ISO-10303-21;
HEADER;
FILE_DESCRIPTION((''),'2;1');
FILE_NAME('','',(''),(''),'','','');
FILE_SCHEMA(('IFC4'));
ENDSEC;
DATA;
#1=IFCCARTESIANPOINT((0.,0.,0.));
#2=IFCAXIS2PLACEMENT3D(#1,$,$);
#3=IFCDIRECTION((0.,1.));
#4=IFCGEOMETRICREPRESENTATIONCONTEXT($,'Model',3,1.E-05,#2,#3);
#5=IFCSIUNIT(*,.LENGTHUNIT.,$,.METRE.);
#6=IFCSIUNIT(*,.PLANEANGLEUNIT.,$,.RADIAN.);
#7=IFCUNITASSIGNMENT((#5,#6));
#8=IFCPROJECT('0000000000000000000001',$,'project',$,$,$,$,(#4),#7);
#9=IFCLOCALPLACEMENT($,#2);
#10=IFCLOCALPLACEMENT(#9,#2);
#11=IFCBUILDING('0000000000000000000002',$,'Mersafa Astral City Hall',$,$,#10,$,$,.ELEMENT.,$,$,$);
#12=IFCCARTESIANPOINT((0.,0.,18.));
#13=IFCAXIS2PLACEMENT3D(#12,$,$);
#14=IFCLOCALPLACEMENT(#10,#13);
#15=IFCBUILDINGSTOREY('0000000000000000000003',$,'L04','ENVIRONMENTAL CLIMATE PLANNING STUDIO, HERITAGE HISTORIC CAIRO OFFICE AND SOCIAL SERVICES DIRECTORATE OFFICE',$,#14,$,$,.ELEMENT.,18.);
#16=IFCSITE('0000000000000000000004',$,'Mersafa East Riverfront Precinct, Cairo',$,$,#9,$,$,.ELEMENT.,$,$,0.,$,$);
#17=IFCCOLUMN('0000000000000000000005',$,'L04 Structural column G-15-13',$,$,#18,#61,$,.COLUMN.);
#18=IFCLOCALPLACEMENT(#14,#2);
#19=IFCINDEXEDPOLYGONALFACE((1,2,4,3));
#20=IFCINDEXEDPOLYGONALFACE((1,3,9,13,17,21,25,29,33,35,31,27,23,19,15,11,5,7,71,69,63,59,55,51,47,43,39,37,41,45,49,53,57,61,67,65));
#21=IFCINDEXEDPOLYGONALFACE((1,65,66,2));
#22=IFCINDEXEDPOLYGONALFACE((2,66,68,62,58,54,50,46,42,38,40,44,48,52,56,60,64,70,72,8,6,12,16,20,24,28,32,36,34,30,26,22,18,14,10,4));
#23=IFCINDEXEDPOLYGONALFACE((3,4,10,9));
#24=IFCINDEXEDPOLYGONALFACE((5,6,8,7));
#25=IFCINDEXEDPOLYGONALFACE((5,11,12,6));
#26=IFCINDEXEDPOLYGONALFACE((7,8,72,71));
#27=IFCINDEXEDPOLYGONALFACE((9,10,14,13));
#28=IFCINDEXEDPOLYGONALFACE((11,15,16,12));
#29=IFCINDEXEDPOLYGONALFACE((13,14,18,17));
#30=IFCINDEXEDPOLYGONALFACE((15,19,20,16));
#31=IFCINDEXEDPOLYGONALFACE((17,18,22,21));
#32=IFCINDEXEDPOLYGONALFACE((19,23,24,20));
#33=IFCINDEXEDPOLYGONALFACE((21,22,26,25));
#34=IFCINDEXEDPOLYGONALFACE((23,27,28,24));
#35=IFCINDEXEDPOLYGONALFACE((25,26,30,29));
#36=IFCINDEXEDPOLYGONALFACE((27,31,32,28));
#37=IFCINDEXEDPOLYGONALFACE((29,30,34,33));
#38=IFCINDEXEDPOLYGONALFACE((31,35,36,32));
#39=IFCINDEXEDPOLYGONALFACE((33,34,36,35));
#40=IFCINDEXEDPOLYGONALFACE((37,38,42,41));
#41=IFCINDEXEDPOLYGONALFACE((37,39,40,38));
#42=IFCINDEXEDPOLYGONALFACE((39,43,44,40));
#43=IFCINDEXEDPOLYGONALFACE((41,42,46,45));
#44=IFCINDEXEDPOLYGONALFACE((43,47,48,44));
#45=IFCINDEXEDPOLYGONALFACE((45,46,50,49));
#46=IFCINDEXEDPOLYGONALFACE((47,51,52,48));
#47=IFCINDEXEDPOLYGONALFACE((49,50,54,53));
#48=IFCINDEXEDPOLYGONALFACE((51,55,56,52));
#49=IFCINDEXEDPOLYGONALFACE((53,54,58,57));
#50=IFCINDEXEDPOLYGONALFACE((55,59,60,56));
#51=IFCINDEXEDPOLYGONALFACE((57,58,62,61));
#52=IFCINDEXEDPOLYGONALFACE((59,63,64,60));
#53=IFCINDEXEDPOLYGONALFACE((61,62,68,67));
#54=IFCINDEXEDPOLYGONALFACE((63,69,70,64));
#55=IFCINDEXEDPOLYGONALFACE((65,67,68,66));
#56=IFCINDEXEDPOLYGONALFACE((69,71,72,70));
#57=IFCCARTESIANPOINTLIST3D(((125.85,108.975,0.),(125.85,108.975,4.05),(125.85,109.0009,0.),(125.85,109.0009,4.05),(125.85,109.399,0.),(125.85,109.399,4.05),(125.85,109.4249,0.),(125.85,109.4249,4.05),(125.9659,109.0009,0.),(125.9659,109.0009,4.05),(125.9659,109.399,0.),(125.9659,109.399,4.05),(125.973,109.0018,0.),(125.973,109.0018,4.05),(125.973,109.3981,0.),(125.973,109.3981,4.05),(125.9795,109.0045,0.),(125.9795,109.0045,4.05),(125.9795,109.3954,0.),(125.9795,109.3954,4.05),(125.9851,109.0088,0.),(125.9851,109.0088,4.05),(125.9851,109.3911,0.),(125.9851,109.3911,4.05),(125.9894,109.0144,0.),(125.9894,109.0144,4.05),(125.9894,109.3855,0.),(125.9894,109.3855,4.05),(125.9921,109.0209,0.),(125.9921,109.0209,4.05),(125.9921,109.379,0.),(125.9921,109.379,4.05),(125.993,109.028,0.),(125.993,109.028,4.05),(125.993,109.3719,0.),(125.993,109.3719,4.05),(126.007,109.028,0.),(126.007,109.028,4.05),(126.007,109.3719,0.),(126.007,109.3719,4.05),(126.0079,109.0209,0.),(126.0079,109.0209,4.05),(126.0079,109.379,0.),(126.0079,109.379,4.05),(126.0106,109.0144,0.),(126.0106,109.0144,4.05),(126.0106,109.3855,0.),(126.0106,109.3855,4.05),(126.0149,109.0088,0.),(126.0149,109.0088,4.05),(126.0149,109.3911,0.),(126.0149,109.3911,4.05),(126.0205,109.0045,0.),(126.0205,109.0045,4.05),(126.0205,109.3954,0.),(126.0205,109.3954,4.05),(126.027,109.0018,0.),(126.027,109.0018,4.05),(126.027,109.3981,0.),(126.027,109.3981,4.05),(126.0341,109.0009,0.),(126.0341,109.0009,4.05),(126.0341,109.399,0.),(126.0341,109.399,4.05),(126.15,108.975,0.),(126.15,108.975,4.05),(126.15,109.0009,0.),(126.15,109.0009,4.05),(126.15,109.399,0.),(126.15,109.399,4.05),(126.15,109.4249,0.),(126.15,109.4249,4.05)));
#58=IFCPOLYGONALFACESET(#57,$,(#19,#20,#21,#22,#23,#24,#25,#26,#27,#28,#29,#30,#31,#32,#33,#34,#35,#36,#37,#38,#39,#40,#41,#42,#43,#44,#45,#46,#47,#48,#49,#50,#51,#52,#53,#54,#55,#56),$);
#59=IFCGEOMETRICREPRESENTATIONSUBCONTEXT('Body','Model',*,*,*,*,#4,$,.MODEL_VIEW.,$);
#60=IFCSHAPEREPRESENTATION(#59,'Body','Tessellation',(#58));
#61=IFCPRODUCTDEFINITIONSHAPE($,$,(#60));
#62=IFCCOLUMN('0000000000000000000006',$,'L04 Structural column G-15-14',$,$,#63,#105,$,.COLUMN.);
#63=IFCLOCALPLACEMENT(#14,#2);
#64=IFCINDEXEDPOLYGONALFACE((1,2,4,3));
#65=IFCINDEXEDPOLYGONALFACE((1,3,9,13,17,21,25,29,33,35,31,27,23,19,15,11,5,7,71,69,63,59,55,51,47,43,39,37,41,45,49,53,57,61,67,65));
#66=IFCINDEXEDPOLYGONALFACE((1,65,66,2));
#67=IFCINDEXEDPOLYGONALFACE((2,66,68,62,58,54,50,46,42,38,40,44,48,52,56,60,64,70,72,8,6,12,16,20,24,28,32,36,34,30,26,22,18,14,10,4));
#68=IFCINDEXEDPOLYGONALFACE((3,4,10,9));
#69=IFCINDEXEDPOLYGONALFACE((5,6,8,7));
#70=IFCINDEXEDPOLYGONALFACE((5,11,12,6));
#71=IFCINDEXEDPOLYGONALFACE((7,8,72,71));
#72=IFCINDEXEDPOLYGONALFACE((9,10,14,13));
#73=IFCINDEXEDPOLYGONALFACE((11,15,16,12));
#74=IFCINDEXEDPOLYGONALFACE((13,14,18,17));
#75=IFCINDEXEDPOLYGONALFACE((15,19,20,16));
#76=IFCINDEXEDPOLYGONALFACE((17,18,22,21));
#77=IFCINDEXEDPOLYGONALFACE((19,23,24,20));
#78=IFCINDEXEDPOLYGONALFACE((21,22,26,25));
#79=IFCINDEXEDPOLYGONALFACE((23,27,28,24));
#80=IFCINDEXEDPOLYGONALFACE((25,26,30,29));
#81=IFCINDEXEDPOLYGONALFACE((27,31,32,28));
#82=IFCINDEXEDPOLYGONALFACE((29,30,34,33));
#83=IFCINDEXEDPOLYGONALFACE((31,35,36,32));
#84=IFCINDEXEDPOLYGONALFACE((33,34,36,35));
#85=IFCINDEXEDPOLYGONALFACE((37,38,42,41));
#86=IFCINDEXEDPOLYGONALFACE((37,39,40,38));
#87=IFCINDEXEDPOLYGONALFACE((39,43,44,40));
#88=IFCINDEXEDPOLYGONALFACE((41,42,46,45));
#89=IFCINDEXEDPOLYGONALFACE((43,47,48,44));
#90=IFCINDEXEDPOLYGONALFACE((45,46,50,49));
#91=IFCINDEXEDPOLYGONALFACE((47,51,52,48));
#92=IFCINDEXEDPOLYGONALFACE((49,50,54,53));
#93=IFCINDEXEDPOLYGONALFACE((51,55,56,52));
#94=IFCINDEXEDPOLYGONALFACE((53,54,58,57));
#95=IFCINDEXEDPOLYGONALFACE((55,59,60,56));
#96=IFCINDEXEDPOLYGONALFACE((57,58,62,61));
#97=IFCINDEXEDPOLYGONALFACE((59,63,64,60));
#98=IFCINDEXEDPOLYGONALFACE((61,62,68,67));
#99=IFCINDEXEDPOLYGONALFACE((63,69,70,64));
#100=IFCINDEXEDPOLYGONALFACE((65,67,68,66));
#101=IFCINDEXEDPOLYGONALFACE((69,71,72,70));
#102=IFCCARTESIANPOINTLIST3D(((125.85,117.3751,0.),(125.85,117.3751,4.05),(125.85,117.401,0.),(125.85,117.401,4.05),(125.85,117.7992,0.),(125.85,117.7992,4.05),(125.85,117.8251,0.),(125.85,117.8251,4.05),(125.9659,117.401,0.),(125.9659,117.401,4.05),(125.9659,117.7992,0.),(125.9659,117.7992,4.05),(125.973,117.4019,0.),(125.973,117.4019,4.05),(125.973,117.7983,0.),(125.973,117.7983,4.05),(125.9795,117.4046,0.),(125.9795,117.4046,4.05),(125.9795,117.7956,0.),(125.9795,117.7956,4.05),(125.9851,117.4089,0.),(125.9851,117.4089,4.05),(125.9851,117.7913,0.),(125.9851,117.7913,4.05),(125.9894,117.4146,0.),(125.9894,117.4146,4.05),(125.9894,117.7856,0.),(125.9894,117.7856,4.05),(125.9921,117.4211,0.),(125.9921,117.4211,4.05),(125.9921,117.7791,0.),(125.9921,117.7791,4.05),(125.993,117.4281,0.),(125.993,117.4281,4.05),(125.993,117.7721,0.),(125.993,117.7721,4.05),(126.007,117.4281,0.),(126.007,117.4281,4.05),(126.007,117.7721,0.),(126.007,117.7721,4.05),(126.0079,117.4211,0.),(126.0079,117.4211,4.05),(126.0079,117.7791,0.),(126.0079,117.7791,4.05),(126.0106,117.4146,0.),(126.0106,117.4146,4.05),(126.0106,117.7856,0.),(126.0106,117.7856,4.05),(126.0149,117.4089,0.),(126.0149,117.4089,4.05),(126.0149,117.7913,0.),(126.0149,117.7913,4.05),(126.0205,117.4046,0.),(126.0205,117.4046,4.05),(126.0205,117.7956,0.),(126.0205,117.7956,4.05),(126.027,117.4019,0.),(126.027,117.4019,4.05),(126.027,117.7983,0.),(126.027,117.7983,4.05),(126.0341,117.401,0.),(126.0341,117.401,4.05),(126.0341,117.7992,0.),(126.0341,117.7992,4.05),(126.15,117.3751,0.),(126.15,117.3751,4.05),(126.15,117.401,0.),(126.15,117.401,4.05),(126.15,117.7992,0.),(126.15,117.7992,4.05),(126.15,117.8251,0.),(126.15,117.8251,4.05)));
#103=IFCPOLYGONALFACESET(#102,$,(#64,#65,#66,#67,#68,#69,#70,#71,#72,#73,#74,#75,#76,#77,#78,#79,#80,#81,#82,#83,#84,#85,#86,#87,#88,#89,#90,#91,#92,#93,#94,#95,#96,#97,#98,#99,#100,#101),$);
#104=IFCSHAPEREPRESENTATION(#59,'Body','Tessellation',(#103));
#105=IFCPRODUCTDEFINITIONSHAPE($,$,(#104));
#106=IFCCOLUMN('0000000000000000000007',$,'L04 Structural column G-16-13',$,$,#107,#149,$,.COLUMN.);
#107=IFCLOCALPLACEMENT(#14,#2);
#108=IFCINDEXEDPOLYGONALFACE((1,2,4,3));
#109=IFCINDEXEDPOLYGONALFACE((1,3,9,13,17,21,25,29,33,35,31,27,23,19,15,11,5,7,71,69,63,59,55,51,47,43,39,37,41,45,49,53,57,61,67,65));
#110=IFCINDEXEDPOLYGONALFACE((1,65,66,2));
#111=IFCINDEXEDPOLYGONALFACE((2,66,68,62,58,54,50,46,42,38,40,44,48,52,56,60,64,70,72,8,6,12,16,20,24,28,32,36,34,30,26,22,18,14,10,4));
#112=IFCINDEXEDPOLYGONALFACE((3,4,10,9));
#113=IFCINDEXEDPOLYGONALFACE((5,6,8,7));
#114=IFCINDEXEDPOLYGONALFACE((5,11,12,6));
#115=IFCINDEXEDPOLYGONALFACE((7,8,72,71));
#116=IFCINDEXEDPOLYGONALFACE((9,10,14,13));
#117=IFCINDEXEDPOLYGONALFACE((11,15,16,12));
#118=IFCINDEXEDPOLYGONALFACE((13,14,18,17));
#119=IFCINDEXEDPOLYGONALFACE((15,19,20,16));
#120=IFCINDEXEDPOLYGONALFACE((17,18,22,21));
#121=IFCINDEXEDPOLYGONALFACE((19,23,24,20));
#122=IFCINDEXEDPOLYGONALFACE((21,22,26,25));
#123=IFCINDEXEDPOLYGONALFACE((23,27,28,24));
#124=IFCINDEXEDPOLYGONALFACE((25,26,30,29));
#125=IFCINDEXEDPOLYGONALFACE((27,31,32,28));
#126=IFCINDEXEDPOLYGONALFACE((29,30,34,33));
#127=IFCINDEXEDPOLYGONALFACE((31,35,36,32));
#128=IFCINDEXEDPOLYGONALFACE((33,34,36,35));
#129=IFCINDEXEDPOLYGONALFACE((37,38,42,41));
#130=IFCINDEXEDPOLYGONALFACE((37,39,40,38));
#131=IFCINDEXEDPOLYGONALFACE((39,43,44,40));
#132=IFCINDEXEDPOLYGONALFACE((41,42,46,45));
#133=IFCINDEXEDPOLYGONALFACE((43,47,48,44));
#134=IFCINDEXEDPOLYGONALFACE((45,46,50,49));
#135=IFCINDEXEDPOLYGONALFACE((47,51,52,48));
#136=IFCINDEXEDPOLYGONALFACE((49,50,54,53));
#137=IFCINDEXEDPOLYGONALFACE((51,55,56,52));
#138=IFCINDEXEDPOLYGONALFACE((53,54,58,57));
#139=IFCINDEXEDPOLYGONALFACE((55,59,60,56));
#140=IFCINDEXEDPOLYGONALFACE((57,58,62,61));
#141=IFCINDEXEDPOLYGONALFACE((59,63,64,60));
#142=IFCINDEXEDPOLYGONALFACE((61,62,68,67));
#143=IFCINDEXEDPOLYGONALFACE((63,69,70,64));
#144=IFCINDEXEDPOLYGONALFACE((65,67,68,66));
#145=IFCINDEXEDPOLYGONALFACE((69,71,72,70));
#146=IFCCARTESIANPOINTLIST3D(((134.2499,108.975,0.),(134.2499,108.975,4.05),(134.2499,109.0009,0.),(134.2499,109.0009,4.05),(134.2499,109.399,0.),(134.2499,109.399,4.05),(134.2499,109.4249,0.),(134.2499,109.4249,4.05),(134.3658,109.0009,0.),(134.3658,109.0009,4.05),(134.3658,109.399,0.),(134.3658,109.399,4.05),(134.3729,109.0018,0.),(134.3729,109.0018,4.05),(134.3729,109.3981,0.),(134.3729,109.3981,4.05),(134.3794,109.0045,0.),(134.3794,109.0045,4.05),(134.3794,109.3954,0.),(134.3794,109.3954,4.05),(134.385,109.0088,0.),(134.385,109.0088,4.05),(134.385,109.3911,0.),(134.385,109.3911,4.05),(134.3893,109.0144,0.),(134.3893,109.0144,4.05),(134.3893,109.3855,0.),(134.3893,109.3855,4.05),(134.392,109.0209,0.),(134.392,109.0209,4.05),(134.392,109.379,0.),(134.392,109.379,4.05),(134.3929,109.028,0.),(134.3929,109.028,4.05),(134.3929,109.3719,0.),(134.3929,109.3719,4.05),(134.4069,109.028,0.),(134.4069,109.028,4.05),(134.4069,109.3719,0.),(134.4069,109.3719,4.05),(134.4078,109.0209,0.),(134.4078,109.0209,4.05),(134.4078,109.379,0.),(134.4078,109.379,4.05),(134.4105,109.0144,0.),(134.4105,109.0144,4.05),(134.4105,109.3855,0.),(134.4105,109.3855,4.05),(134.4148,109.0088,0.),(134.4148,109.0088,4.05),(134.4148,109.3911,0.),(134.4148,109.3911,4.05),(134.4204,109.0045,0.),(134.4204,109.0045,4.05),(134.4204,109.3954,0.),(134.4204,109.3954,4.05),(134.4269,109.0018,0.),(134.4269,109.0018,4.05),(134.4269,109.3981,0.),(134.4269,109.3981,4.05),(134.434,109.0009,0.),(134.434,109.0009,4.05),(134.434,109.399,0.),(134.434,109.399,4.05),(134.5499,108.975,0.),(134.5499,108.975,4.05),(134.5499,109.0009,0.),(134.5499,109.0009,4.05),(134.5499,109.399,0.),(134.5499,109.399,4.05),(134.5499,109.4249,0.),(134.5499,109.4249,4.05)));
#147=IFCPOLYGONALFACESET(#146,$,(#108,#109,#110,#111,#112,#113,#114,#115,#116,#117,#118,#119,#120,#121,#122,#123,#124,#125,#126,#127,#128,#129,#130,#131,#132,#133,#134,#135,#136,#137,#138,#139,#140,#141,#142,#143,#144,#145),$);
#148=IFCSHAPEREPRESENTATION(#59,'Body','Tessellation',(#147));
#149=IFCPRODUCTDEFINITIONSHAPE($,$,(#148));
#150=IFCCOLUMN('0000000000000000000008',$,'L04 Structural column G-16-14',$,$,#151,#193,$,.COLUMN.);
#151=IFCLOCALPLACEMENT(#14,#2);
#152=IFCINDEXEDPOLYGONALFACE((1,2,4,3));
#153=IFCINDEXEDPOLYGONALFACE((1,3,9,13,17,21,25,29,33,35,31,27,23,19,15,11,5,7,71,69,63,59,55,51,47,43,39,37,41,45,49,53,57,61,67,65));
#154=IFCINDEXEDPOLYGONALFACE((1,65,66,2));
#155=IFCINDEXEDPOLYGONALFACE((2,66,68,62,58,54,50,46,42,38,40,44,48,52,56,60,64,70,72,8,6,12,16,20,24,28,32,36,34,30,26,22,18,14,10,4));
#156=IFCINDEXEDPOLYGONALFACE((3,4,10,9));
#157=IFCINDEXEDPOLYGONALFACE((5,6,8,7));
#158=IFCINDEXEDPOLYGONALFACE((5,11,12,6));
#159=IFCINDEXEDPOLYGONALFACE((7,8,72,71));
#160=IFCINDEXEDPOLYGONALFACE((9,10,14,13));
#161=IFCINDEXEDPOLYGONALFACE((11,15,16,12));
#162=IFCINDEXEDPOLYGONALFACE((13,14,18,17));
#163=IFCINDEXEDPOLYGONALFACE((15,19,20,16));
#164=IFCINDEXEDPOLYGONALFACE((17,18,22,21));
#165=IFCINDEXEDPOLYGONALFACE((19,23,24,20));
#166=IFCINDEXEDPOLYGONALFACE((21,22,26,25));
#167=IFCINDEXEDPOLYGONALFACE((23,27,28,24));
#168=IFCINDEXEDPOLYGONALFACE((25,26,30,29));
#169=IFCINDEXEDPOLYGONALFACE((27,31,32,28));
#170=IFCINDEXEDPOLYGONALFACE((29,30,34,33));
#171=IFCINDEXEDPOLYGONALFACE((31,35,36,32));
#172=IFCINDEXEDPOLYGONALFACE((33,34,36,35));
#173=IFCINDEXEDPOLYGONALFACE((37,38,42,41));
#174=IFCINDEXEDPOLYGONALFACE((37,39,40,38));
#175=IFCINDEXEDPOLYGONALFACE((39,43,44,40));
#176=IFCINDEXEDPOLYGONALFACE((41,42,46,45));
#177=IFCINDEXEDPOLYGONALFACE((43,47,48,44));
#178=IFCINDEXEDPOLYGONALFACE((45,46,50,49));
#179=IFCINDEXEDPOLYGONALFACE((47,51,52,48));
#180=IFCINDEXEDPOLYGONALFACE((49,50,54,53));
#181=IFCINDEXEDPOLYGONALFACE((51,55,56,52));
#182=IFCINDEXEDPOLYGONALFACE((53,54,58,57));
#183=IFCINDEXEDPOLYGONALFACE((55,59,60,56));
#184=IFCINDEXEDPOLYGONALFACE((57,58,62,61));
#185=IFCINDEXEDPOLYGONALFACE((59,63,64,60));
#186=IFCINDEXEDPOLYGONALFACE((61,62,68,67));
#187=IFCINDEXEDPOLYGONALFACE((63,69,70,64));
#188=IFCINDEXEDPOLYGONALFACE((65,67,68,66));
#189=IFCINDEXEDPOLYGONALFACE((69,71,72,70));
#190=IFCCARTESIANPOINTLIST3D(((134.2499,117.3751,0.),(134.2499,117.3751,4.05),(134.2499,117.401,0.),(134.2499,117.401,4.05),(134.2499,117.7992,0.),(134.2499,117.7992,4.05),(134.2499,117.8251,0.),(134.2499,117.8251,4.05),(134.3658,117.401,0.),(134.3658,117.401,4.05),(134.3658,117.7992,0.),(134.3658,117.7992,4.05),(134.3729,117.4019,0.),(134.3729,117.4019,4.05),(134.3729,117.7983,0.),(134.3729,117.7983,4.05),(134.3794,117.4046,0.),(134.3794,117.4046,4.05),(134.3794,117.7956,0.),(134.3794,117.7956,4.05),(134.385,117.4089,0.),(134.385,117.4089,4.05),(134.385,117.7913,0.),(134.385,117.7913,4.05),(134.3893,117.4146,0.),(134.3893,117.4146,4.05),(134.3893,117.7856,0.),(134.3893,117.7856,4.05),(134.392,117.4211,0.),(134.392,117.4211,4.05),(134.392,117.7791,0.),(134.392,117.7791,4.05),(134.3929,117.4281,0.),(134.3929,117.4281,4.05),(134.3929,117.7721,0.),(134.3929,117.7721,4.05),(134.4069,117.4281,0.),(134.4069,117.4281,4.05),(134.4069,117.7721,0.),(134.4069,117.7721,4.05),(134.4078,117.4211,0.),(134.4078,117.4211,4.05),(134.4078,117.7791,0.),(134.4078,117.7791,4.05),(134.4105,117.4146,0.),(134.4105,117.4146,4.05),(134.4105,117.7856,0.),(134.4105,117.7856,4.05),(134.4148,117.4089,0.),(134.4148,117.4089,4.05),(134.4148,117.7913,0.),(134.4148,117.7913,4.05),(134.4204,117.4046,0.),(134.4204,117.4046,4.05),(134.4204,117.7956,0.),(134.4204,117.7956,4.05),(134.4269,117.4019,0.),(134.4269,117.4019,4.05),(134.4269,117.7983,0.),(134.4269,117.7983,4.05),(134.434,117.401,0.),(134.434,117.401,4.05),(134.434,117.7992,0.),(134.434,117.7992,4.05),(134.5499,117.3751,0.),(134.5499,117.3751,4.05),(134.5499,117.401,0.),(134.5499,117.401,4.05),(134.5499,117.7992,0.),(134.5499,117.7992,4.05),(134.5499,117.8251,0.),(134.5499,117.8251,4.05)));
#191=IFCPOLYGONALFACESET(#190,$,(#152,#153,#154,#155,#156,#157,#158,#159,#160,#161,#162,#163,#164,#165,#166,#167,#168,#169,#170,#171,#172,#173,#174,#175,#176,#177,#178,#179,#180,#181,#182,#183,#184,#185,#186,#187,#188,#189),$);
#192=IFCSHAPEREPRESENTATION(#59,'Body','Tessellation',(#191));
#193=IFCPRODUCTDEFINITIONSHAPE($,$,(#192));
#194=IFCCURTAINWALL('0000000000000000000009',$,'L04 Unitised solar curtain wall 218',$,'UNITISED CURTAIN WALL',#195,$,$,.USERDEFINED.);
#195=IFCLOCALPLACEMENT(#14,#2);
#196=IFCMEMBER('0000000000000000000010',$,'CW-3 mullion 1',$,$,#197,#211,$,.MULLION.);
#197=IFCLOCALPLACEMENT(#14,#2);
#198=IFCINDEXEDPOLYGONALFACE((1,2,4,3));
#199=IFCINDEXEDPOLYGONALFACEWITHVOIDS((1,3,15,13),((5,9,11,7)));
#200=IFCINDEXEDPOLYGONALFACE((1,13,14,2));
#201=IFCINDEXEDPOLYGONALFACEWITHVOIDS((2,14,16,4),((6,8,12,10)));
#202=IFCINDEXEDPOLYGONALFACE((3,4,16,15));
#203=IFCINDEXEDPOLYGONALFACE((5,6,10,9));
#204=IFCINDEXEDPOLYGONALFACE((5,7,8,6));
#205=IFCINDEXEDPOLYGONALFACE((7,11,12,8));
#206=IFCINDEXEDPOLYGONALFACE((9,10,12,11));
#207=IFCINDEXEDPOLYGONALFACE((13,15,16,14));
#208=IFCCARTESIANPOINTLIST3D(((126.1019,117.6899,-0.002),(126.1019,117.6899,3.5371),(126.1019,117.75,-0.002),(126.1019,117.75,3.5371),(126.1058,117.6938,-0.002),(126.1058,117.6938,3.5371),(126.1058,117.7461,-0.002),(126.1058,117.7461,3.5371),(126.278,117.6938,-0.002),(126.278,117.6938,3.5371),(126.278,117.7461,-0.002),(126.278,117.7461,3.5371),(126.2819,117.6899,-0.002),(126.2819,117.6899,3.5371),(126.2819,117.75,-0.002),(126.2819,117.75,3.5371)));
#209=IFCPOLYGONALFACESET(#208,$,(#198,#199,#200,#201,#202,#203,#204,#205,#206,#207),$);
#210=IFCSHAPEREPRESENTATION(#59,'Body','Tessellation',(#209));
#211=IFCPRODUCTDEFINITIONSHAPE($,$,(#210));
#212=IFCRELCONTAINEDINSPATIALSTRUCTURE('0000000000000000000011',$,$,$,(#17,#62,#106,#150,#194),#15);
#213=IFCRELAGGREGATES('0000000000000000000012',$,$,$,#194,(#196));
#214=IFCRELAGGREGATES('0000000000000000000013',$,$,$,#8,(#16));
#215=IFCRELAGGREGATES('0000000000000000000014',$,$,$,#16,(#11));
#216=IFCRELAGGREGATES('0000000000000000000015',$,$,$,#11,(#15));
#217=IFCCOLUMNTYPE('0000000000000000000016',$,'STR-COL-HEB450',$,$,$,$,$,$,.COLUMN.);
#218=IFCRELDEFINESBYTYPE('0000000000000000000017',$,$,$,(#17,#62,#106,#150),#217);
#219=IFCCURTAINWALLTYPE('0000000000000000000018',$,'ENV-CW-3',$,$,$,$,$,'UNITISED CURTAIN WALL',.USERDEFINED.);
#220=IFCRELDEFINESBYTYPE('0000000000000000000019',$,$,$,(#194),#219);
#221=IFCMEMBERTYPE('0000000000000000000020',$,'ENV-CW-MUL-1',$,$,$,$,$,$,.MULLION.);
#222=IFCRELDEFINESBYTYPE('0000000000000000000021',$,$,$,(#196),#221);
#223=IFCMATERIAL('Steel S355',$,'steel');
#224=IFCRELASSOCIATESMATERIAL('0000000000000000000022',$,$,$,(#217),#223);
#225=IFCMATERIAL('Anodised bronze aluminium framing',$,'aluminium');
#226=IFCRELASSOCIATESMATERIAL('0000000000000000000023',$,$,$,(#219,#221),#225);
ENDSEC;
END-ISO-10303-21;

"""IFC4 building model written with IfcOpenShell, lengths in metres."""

from ifc_helpers import new_model, si_unit, direction, frame, origin, origin_2d, place, context, subcontext, project, spatial, hollow_rectangle, i_section, extrude, material, material_profile, profile_set, type_object, element, aggregate, save


model = new_model("IFC4")

# Units and contexts
model_context = context("Model", 3, precision=1e-05, world=origin(), true_north=direction((0.0, 1.0)))
body_context = subcontext(model_context, "Body", "Model", "MODEL_VIEW")
ifc_project = project(units=[si_unit("LENGTHUNIT", "METRE"), si_unit("PLANEANGLEUNIT", "RADIAN")], contexts=[model_context])

# Site, building, storey
site_placement = place(None, origin())
site = spatial("IfcSite", under=ifc_project, at=site_placement, Name="Mersafa East Riverfront Precinct, Cairo", CompositionType="ELEMENT", RefElevation=0.0)
building_placement = place(site_placement, origin())
building = spatial("IfcBuilding", under=site, at=building_placement, Name="Mersafa Astral City Hall", CompositionType="ELEMENT")
storey_placement = place(building_placement, frame((0.0, 0.0, 18.0)))
storey = spatial("IfcBuildingStorey", under=building, at=storey_placement, Name="L04", Description="ENVIRONMENTAL CLIMATE PLANNING STUDIO, HERITAGE HISTORIC CAIRO OFFICE AND SOCIAL SERVICES DIRECTORATE OFFICE", CompositionType="ELEMENT", Elevation=18.0)

# Columns
ifc_material_1 = material(Name="Steel S355", Category="steel")
ifc_material_profile_1 = material_profile(ifc_material_1, i_section(OverallWidth=0.3, OverallDepth=0.45, WebThickness=0.0139, FlangeThickness=0.0259, FilletRadius=0.0271, at=origin_2d()), Name="HEB 450")
ifc_profile_set_1 = profile_set([ifc_material_profile_1], Name="Steel S355")
column_type = type_object("IfcColumnType", Name="STR-COL-HEB450", PredefinedType="COLUMN", material=ifc_profile_set_1)
for number, where, z_axis, x_axis, name in (
    (1, (126.0, 109.2, 0.0), (0.0, 0.0, 1.0), (1.0, 0.0, 0.0), "L04 Structural column G-15-13"),
    (2, (126.0, 117.6001, 0.0), (0.0, 0.0, 1.0), (1.0, 0.0, 0.0), "L04 Structural column G-15-14"),
    (3, (134.3999, 109.2, 0.0), (0.0, 0.0, 1.0), (1.0, 0.0, 0.0), "L04 Structural column G-16-13"),
    (4, (134.3999, 117.6001, 0.0), (0.0, 0.0, 1.0), (1.0, 0.0, 0.0), "L04 Structural column G-16-14"),
):
    element("IfcColumn", number, at=place(storey_placement, frame(where, z_axis=z_axis, x_axis=x_axis)), inside=storey, type_object=column_type, Name=name, PredefinedType="COLUMN", context=body_context, shape_type="SweptSolid", body=[
        extrude(i_section(OverallWidth=0.3, OverallDepth=0.45, WebThickness=0.0139, FlangeThickness=0.0259, FilletRadius=0.0271, at=origin_2d()), origin(), (0.0, 0.0, 1.0), 4.05),
    ])

# Curtain wall, member
ifc_material_2 = material(Name="Anodised bronze aluminium framing", Category="aluminium")
curtain_wall_type = type_object("IfcCurtainWallType", Name="ENV-CW-3", ElementType="UNITISED CURTAIN WALL", PredefinedType="USERDEFINED", material=ifc_material_2)
curtain_wall_placement = place(storey_placement, origin())
curtain_wall = element("IfcCurtainWall", 5, at=curtain_wall_placement, inside=storey, type_object=curtain_wall_type, Name="L04 Unitised solar curtain wall 218", ObjectType="UNITISED CURTAIN WALL", PredefinedType="USERDEFINED")
ifc_material_profile_2 = material_profile(ifc_material_2, hollow_rectangle(XDim=0.0601, YDim=0.1799, WallThickness=0.0039, at=origin_2d()), Name="RHS 60x180x4")
ifc_profile_set_2 = profile_set([ifc_material_profile_2], Name="Anodised bronze aluminium framing")
member_type_1 = type_object("IfcMemberType", Name="ENV-CW-MUL-1", PredefinedType="MULLION", material=ifc_profile_set_2)
member_1_placement = place(storey_placement, frame((126.1919, 117.72, -0.002), z_axis=(0.0, 0.0, 1.0), x_axis=(0.0, 1.0, 0.0)))
member_1 = element("IfcMember", 6, at=member_1_placement, type_object=member_type_1, Name="CW-3 mullion 1", PredefinedType="MULLION", context=body_context, shape_type="SweptSolid", body=[
    extrude(hollow_rectangle(XDim=0.0601, YDim=0.1799, WallThickness=0.0039, at=origin_2d()), origin(), (0.0, 0.0, 1.0), 3.5391),
])

aggregate(curtain_wall, [member_1])

save(model, "model.ifc")
